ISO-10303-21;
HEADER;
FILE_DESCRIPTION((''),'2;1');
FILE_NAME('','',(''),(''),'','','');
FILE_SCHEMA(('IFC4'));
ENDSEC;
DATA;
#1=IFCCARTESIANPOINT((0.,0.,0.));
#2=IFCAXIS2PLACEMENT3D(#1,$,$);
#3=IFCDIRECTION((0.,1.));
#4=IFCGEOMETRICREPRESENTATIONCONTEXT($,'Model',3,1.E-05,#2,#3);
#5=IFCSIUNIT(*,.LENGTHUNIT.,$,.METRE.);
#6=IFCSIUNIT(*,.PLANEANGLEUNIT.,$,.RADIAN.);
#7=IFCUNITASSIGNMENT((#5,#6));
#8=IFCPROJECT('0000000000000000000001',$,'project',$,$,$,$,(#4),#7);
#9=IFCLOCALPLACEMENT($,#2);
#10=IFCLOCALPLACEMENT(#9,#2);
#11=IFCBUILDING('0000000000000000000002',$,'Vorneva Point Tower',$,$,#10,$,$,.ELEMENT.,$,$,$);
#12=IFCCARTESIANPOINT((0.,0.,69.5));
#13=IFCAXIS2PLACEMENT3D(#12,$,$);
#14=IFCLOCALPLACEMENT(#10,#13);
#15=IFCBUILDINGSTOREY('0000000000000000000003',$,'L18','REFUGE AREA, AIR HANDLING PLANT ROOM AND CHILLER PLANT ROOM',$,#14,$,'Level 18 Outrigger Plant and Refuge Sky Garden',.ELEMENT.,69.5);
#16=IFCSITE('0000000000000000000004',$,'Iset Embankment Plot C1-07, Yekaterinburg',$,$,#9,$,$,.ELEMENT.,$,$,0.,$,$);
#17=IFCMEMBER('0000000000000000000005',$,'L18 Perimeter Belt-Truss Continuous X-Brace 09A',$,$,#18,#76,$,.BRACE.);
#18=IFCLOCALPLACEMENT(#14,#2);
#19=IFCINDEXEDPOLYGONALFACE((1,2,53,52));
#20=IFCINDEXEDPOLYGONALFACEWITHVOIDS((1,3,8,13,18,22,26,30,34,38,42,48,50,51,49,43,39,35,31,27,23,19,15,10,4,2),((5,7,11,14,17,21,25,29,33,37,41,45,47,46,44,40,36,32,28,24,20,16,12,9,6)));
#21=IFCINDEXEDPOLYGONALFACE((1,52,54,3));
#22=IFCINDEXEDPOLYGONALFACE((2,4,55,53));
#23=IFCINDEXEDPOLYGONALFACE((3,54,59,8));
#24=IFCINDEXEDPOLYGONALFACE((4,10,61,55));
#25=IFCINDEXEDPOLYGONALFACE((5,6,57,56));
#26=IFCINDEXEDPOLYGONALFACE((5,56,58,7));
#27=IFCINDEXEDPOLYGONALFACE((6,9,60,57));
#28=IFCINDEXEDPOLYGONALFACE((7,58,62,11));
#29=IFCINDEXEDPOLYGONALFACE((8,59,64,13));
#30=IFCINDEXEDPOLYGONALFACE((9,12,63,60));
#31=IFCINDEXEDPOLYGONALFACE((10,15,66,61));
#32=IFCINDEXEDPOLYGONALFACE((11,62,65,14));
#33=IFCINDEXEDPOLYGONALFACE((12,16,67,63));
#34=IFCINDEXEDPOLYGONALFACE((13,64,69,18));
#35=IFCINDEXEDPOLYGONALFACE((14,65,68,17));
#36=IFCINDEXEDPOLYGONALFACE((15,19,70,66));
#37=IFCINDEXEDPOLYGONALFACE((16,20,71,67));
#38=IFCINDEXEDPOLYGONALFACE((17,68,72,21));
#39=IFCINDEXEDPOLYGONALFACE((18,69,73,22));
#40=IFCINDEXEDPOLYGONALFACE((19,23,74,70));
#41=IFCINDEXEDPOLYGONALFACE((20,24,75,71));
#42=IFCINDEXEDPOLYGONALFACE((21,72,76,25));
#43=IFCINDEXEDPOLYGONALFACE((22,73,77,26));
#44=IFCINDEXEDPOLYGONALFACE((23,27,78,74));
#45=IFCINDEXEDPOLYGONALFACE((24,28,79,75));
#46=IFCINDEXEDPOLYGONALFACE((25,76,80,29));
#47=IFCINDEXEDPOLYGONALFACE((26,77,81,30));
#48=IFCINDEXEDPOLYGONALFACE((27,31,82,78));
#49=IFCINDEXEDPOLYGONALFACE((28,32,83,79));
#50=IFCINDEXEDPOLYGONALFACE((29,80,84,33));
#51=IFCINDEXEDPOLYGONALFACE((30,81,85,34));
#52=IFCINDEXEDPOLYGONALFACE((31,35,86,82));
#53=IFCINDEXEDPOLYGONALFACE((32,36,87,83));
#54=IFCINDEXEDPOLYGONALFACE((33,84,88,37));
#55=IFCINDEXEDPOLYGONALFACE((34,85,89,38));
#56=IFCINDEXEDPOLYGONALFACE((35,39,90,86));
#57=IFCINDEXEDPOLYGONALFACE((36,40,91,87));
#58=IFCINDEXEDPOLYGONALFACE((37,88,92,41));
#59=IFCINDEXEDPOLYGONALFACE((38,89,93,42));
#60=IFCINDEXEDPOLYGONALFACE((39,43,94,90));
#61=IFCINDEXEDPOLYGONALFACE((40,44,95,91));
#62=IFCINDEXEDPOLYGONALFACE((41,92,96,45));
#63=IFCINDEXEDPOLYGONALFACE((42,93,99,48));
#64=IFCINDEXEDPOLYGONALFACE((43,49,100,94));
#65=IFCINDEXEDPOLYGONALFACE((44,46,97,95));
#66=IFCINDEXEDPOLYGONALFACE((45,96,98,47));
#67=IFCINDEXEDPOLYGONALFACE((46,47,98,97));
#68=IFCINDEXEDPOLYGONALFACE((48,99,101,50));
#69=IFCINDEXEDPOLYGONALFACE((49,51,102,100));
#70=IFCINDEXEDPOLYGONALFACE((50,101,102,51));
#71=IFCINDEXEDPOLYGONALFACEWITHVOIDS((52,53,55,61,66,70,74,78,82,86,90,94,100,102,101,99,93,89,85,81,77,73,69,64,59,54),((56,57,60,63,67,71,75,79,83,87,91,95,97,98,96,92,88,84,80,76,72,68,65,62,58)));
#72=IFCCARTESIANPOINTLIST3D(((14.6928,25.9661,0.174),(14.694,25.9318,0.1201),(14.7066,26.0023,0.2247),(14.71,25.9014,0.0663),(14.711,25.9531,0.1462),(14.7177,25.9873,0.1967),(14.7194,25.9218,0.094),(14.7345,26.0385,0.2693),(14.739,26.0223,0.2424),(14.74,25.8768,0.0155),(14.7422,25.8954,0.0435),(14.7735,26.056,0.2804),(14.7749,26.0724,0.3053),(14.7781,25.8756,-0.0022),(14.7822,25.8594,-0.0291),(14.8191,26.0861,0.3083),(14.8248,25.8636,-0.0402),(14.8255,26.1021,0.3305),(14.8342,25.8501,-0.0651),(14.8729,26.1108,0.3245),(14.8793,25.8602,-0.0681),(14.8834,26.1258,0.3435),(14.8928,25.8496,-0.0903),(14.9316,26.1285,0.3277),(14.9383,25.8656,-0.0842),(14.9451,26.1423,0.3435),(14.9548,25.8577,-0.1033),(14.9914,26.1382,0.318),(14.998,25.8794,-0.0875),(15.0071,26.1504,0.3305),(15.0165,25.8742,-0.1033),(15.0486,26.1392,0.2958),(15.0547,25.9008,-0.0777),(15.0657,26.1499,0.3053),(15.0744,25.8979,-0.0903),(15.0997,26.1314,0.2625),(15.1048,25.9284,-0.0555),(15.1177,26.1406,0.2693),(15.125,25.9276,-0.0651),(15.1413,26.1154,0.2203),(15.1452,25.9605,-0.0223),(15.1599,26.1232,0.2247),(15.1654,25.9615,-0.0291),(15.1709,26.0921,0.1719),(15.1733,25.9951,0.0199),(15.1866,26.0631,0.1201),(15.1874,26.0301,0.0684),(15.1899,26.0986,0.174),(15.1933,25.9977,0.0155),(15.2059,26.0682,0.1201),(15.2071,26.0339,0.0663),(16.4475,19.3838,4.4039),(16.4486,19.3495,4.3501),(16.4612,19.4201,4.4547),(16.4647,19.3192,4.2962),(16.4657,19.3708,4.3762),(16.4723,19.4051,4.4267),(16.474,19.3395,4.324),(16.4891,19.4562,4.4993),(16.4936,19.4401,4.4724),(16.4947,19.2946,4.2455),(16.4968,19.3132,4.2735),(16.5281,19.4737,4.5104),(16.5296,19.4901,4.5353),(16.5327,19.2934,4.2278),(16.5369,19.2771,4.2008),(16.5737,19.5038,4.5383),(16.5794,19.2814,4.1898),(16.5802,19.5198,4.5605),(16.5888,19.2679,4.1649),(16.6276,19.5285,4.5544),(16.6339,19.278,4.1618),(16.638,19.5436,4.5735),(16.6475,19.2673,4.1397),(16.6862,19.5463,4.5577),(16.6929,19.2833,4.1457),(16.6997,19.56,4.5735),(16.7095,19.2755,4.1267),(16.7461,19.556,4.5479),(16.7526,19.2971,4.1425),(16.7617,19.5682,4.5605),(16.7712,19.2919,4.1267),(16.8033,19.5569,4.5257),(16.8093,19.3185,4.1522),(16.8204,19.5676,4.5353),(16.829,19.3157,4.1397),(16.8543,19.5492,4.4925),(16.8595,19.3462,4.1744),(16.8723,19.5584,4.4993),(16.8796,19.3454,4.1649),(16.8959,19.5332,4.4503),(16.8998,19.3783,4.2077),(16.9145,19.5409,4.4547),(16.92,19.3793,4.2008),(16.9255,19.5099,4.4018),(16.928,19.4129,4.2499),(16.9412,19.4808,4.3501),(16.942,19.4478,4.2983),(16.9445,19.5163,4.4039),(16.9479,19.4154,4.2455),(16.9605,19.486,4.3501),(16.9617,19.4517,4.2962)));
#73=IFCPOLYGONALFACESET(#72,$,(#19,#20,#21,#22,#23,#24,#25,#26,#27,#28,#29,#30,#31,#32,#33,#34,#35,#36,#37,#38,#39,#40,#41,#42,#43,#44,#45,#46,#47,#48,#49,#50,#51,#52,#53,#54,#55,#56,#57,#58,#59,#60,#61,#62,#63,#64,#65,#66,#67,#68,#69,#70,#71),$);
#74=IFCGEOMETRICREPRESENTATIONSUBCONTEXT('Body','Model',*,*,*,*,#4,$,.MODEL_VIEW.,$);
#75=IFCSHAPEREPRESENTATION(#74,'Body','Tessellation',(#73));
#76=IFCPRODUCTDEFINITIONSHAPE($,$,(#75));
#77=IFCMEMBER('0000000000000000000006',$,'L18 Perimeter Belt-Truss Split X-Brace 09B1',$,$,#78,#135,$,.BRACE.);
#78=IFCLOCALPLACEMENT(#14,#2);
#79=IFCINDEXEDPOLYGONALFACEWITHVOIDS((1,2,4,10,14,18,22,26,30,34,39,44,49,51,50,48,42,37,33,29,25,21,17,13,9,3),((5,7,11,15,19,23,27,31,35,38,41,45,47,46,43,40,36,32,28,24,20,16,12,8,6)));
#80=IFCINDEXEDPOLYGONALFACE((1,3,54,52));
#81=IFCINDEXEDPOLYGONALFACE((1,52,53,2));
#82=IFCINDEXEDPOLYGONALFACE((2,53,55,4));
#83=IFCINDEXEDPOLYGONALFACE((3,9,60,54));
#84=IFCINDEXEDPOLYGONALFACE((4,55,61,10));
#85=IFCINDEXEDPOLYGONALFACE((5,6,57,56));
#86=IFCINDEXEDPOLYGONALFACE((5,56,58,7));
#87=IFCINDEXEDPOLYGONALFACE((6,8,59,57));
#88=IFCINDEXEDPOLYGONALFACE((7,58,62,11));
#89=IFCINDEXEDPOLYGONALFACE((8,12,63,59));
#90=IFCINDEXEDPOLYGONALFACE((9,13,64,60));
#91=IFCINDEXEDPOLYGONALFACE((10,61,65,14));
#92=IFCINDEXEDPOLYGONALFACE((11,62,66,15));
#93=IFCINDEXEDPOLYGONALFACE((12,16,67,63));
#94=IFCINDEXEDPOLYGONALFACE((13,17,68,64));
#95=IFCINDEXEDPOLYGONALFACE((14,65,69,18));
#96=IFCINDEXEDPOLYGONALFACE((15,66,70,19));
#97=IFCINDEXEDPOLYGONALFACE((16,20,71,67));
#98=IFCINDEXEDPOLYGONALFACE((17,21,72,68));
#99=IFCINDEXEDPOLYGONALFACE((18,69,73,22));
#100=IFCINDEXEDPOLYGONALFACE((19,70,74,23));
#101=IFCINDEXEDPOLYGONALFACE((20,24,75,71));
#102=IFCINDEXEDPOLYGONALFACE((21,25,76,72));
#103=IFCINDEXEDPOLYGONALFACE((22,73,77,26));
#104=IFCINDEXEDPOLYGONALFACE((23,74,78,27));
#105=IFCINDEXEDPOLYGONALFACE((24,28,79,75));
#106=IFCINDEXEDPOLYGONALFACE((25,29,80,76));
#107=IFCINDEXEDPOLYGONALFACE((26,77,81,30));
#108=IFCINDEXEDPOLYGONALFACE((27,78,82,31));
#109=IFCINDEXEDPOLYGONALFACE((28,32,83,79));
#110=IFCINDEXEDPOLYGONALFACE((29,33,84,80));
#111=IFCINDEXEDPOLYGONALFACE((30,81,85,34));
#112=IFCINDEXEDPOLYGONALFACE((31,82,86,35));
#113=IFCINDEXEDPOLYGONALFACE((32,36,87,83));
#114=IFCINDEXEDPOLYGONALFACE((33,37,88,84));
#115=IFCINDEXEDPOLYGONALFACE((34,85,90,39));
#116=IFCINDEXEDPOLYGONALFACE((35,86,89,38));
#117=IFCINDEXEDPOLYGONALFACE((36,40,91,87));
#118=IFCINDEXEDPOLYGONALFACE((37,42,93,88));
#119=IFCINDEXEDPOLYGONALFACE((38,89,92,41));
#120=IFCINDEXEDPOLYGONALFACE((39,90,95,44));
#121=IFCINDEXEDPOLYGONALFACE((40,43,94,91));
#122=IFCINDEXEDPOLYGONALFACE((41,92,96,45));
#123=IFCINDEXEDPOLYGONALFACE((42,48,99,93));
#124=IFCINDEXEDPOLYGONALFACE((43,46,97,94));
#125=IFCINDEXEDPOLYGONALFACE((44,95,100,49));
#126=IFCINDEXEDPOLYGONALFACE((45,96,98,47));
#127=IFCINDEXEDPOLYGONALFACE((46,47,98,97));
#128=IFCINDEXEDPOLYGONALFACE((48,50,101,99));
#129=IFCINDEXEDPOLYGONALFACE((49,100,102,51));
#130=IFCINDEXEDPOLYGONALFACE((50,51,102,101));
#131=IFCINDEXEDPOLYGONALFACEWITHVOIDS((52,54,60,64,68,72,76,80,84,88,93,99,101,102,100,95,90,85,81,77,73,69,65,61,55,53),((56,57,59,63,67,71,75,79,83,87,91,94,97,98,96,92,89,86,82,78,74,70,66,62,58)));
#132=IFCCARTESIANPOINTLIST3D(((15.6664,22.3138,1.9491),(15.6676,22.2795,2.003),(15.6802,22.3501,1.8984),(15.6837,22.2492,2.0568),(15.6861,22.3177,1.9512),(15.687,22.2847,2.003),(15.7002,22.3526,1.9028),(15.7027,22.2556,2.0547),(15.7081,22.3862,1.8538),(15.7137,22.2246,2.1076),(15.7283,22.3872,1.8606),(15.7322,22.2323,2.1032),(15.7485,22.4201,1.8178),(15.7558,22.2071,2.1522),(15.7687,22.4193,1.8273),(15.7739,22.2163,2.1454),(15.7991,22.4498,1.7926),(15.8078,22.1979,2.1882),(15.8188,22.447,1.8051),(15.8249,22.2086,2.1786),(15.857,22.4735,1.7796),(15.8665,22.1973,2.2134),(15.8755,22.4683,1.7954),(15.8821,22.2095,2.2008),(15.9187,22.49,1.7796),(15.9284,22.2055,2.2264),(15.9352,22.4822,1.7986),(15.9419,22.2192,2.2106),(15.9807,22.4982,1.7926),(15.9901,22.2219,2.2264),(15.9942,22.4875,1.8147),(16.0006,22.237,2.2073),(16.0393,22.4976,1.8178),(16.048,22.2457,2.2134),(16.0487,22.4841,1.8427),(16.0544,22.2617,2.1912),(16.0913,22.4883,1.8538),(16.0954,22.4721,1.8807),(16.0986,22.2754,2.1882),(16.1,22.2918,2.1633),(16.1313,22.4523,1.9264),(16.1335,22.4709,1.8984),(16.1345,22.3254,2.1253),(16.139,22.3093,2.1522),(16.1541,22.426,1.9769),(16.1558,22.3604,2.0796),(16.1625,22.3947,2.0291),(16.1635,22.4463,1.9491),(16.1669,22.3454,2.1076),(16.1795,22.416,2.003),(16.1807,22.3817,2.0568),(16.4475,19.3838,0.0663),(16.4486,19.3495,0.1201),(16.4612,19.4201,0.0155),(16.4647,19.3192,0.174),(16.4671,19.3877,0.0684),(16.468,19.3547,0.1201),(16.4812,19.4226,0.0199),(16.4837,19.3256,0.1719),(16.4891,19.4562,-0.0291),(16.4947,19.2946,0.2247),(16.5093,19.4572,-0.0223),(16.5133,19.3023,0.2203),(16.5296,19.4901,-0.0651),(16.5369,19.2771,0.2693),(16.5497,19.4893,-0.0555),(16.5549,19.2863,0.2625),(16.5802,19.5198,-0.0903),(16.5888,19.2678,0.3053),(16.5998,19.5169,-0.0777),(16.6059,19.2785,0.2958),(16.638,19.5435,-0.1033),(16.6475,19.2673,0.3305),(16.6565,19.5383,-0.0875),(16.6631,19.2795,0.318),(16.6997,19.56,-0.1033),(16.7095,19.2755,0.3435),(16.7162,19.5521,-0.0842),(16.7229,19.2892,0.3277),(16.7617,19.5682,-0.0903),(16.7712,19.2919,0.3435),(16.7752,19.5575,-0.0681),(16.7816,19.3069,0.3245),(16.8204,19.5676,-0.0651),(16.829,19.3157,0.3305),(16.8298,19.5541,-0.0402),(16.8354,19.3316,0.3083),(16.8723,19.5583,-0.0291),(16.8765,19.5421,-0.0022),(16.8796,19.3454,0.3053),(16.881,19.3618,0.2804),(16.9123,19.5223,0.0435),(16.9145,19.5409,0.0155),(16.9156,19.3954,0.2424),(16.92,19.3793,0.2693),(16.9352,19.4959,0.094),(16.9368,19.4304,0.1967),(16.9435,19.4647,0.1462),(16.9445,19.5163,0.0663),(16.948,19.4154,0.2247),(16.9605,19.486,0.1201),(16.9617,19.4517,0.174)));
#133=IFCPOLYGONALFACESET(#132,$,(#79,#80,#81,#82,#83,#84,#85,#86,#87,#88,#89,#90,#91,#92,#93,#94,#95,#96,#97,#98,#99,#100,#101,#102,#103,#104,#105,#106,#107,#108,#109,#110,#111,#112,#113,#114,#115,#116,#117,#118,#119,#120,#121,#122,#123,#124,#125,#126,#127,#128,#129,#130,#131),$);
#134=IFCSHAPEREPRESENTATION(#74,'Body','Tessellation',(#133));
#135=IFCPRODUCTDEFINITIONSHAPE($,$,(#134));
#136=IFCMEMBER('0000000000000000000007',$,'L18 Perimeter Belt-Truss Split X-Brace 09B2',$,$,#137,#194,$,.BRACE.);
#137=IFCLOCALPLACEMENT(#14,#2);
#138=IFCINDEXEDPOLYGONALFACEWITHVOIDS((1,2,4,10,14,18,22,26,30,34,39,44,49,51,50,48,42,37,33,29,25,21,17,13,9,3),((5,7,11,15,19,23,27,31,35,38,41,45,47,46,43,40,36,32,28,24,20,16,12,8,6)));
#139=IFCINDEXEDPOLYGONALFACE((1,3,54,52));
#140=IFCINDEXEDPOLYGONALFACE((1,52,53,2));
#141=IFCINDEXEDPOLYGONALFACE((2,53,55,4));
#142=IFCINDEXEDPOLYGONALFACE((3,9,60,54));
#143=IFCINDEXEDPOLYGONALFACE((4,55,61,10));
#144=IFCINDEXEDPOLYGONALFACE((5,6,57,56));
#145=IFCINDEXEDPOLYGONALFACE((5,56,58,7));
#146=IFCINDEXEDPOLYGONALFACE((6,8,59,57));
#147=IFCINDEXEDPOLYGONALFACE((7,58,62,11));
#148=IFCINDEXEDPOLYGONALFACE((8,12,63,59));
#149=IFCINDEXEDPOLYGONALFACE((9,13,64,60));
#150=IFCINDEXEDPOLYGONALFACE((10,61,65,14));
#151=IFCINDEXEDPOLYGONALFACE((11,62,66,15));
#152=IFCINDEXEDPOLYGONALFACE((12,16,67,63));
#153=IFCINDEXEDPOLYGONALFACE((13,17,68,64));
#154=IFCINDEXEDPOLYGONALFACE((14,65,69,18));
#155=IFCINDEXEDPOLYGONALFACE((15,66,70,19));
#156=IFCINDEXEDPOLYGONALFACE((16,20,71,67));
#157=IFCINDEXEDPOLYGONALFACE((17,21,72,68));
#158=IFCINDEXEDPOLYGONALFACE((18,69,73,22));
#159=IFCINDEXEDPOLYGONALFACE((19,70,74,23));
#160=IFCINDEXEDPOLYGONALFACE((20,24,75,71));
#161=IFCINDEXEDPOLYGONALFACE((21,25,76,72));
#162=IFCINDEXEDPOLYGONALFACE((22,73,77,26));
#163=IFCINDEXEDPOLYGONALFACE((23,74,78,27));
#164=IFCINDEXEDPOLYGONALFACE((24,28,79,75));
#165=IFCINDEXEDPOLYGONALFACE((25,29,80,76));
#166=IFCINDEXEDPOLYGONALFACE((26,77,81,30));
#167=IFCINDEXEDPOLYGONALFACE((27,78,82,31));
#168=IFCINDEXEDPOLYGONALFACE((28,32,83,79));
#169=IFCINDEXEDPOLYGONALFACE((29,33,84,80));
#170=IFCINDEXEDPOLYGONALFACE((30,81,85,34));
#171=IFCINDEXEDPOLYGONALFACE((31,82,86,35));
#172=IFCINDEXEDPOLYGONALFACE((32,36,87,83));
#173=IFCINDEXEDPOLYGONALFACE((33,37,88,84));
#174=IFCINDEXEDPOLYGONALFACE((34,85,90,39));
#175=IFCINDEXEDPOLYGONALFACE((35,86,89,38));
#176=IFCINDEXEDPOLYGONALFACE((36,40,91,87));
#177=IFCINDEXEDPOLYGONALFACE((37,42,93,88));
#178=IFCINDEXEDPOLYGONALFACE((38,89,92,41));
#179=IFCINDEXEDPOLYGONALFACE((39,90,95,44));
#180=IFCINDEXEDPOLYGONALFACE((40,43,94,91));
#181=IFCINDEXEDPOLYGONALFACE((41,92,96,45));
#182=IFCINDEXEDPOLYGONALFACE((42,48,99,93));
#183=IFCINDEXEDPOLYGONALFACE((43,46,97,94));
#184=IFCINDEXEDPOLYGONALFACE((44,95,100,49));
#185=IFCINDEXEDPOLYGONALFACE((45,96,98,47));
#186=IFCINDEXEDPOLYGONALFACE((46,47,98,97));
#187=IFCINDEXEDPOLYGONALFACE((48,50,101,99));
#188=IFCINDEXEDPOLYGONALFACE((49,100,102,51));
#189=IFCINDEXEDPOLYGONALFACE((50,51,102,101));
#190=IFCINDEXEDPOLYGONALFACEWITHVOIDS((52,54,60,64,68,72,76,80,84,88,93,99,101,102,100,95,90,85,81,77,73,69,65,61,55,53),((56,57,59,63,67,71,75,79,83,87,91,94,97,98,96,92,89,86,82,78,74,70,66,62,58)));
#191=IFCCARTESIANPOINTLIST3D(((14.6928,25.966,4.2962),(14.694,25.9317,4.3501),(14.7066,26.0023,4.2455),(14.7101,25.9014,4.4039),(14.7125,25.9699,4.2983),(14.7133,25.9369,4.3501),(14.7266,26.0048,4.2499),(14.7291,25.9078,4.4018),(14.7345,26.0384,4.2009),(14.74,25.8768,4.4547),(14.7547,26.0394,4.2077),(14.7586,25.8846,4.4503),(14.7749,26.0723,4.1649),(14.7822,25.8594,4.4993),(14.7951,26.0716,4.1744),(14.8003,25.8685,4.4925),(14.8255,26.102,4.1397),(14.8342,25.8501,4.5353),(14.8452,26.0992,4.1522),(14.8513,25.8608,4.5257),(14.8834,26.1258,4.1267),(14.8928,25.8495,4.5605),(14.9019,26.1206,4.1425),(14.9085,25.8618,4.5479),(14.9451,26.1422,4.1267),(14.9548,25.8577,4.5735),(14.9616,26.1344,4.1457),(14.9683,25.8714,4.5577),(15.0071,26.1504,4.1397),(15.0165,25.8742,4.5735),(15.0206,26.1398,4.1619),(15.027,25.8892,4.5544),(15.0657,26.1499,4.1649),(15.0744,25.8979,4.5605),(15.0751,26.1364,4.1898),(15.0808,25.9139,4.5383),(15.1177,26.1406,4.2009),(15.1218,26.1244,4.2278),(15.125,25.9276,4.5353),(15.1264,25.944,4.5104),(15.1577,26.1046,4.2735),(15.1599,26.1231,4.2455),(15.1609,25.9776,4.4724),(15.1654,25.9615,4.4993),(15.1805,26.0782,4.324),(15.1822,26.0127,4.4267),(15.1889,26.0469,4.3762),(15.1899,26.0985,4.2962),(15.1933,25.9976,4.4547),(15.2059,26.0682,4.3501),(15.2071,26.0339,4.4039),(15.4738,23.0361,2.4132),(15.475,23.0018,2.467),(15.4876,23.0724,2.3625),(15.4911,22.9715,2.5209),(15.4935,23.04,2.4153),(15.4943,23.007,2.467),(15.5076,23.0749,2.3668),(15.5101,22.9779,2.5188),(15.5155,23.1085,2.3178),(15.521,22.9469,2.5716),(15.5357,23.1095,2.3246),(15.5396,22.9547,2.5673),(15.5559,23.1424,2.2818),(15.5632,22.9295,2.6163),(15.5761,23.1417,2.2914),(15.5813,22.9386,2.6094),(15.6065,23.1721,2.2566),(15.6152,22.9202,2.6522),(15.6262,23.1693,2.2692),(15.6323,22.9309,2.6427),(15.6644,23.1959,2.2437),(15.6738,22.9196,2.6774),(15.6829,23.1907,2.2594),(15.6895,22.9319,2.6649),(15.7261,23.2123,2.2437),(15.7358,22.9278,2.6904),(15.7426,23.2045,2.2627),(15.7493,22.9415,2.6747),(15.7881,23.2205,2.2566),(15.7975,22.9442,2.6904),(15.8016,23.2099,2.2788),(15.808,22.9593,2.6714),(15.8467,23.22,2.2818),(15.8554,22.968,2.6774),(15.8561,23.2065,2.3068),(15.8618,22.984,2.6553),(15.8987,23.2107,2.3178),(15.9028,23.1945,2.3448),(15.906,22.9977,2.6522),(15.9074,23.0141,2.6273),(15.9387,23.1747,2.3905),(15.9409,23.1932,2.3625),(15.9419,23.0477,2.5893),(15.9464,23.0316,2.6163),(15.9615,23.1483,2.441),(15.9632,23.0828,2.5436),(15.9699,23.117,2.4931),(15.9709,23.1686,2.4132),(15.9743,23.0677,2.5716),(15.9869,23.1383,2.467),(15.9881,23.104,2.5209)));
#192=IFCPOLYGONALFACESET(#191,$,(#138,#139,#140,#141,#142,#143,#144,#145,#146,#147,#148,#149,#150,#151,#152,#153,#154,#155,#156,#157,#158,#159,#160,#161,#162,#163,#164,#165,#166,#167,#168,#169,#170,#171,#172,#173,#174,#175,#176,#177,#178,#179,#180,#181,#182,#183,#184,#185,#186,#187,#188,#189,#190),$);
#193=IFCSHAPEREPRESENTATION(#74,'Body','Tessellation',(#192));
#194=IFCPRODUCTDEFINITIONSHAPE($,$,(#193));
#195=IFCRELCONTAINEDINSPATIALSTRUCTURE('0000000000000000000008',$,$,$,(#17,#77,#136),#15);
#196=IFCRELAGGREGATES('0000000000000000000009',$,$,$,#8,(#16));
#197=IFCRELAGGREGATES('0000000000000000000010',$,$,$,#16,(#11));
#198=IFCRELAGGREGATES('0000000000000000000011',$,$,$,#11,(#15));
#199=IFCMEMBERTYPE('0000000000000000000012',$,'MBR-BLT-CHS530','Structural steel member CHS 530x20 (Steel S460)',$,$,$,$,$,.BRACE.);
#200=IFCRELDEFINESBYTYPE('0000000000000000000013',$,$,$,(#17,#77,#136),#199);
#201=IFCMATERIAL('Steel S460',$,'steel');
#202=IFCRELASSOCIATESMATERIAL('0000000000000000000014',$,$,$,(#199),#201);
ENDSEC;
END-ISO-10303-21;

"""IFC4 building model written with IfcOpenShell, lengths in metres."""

from ifc_helpers import new_model, si_unit, direction, frame, origin, origin_2d, place, context, subcontext, project, spatial, hollow_circle, extrude, material, material_profile, profile_set, type_object, element, save


model = new_model("IFC4")

# Units and contexts
model_context = context("Model", 3, precision=1e-05, world=origin(), true_north=direction((0.0, 1.0)))
body_context = subcontext(model_context, "Body", "Model", "MODEL_VIEW")
ifc_project = project(units=[si_unit("LENGTHUNIT", "METRE"), si_unit("PLANEANGLEUNIT", "RADIAN")], contexts=[model_context])

# Site, building, storey
site_placement = place(None, origin())
site = spatial("IfcSite", under=ifc_project, at=site_placement, Name="Iset Embankment Plot C1-07, Yekaterinburg", CompositionType="ELEMENT", RefElevation=0.0)
building_placement = place(site_placement, origin())
building = spatial("IfcBuilding", under=site, at=building_placement, Name="Vorneva Point Tower", CompositionType="ELEMENT")
storey_placement = place(building_placement, frame((0.0, 0.0, 69.5)))
storey = spatial("IfcBuildingStorey", under=building, at=storey_placement, Name="L18", Description="REFUGE AREA, AIR HANDLING PLANT ROOM AND CHILLER PLANT ROOM", LongName="Level 18 Outrigger Plant and Refuge Sky Garden", CompositionType="ELEMENT", Elevation=69.5)

# Shared definitions
ifc_material_1 = material(Name="Steel S460", Category="steel")

# Members
ifc_material_profile_1 = material_profile(ifc_material_1, hollow_circle(Radius=0.2649, WallThickness=0.02, at=origin_2d()), Name="CHS 530x20")
ifc_profile_set_1 = profile_set([ifc_material_profile_1], Name="Steel S460")
member_type = type_object("IfcMemberType", Name="MBR-BLT-CHS530", Description="Structural steel member CHS 530x20 (Steel S460)", PredefinedType="BRACE", material=ifc_profile_set_1)
member_1_placement = place(storey_placement, frame((14.95, 26.0, 0.1201), z_axis=(0.218821, -0.820877, 0.527522), x_axis=(0.966258, 0.257576, 0.0)))
element("IfcMember", 1, at=member_1_placement, inside=storey, type_object=member_type, Name="L18 Perimeter Belt-Truss Continuous X-Brace 09A", PredefinedType="BRACE", context=body_context, shape_type="SweptSolid", body=[
    extrude(hollow_circle(Radius=0.2649, WallThickness=0.02, at=origin_2d()), origin(), (0.0, 0.0, 1.0), 8.0186),
])
for number, where, z_axis, x_axis, name in (
    (2, (16.7046, 19.4177, 0.1201), (-0.218816, 0.820885, 0.527511), (-0.96626, -0.257567, 0.0), "L18 Perimeter Belt-Truss Split X-Brace 09B1"),
    (3, (15.731, 23.0701, 2.467), (-0.218808, 0.820855, 0.527561), (-0.96626, -0.257567, 0.0), "L18 Perimeter Belt-Truss Split X-Brace 09B2"),
):
    element("IfcMember", number, at=place(storey_placement, frame(where, z_axis=z_axis, x_axis=x_axis)), inside=storey, type_object=member_type, Name=name, PredefinedType="BRACE", context=body_context, shape_type="SweptSolid", body=[
        extrude(hollow_circle(Radius=0.2649, WallThickness=0.02, at=origin_2d()), origin(), (0.0, 0.0, 1.0), 3.5693),
    ])

save(model, "model.ifc")
